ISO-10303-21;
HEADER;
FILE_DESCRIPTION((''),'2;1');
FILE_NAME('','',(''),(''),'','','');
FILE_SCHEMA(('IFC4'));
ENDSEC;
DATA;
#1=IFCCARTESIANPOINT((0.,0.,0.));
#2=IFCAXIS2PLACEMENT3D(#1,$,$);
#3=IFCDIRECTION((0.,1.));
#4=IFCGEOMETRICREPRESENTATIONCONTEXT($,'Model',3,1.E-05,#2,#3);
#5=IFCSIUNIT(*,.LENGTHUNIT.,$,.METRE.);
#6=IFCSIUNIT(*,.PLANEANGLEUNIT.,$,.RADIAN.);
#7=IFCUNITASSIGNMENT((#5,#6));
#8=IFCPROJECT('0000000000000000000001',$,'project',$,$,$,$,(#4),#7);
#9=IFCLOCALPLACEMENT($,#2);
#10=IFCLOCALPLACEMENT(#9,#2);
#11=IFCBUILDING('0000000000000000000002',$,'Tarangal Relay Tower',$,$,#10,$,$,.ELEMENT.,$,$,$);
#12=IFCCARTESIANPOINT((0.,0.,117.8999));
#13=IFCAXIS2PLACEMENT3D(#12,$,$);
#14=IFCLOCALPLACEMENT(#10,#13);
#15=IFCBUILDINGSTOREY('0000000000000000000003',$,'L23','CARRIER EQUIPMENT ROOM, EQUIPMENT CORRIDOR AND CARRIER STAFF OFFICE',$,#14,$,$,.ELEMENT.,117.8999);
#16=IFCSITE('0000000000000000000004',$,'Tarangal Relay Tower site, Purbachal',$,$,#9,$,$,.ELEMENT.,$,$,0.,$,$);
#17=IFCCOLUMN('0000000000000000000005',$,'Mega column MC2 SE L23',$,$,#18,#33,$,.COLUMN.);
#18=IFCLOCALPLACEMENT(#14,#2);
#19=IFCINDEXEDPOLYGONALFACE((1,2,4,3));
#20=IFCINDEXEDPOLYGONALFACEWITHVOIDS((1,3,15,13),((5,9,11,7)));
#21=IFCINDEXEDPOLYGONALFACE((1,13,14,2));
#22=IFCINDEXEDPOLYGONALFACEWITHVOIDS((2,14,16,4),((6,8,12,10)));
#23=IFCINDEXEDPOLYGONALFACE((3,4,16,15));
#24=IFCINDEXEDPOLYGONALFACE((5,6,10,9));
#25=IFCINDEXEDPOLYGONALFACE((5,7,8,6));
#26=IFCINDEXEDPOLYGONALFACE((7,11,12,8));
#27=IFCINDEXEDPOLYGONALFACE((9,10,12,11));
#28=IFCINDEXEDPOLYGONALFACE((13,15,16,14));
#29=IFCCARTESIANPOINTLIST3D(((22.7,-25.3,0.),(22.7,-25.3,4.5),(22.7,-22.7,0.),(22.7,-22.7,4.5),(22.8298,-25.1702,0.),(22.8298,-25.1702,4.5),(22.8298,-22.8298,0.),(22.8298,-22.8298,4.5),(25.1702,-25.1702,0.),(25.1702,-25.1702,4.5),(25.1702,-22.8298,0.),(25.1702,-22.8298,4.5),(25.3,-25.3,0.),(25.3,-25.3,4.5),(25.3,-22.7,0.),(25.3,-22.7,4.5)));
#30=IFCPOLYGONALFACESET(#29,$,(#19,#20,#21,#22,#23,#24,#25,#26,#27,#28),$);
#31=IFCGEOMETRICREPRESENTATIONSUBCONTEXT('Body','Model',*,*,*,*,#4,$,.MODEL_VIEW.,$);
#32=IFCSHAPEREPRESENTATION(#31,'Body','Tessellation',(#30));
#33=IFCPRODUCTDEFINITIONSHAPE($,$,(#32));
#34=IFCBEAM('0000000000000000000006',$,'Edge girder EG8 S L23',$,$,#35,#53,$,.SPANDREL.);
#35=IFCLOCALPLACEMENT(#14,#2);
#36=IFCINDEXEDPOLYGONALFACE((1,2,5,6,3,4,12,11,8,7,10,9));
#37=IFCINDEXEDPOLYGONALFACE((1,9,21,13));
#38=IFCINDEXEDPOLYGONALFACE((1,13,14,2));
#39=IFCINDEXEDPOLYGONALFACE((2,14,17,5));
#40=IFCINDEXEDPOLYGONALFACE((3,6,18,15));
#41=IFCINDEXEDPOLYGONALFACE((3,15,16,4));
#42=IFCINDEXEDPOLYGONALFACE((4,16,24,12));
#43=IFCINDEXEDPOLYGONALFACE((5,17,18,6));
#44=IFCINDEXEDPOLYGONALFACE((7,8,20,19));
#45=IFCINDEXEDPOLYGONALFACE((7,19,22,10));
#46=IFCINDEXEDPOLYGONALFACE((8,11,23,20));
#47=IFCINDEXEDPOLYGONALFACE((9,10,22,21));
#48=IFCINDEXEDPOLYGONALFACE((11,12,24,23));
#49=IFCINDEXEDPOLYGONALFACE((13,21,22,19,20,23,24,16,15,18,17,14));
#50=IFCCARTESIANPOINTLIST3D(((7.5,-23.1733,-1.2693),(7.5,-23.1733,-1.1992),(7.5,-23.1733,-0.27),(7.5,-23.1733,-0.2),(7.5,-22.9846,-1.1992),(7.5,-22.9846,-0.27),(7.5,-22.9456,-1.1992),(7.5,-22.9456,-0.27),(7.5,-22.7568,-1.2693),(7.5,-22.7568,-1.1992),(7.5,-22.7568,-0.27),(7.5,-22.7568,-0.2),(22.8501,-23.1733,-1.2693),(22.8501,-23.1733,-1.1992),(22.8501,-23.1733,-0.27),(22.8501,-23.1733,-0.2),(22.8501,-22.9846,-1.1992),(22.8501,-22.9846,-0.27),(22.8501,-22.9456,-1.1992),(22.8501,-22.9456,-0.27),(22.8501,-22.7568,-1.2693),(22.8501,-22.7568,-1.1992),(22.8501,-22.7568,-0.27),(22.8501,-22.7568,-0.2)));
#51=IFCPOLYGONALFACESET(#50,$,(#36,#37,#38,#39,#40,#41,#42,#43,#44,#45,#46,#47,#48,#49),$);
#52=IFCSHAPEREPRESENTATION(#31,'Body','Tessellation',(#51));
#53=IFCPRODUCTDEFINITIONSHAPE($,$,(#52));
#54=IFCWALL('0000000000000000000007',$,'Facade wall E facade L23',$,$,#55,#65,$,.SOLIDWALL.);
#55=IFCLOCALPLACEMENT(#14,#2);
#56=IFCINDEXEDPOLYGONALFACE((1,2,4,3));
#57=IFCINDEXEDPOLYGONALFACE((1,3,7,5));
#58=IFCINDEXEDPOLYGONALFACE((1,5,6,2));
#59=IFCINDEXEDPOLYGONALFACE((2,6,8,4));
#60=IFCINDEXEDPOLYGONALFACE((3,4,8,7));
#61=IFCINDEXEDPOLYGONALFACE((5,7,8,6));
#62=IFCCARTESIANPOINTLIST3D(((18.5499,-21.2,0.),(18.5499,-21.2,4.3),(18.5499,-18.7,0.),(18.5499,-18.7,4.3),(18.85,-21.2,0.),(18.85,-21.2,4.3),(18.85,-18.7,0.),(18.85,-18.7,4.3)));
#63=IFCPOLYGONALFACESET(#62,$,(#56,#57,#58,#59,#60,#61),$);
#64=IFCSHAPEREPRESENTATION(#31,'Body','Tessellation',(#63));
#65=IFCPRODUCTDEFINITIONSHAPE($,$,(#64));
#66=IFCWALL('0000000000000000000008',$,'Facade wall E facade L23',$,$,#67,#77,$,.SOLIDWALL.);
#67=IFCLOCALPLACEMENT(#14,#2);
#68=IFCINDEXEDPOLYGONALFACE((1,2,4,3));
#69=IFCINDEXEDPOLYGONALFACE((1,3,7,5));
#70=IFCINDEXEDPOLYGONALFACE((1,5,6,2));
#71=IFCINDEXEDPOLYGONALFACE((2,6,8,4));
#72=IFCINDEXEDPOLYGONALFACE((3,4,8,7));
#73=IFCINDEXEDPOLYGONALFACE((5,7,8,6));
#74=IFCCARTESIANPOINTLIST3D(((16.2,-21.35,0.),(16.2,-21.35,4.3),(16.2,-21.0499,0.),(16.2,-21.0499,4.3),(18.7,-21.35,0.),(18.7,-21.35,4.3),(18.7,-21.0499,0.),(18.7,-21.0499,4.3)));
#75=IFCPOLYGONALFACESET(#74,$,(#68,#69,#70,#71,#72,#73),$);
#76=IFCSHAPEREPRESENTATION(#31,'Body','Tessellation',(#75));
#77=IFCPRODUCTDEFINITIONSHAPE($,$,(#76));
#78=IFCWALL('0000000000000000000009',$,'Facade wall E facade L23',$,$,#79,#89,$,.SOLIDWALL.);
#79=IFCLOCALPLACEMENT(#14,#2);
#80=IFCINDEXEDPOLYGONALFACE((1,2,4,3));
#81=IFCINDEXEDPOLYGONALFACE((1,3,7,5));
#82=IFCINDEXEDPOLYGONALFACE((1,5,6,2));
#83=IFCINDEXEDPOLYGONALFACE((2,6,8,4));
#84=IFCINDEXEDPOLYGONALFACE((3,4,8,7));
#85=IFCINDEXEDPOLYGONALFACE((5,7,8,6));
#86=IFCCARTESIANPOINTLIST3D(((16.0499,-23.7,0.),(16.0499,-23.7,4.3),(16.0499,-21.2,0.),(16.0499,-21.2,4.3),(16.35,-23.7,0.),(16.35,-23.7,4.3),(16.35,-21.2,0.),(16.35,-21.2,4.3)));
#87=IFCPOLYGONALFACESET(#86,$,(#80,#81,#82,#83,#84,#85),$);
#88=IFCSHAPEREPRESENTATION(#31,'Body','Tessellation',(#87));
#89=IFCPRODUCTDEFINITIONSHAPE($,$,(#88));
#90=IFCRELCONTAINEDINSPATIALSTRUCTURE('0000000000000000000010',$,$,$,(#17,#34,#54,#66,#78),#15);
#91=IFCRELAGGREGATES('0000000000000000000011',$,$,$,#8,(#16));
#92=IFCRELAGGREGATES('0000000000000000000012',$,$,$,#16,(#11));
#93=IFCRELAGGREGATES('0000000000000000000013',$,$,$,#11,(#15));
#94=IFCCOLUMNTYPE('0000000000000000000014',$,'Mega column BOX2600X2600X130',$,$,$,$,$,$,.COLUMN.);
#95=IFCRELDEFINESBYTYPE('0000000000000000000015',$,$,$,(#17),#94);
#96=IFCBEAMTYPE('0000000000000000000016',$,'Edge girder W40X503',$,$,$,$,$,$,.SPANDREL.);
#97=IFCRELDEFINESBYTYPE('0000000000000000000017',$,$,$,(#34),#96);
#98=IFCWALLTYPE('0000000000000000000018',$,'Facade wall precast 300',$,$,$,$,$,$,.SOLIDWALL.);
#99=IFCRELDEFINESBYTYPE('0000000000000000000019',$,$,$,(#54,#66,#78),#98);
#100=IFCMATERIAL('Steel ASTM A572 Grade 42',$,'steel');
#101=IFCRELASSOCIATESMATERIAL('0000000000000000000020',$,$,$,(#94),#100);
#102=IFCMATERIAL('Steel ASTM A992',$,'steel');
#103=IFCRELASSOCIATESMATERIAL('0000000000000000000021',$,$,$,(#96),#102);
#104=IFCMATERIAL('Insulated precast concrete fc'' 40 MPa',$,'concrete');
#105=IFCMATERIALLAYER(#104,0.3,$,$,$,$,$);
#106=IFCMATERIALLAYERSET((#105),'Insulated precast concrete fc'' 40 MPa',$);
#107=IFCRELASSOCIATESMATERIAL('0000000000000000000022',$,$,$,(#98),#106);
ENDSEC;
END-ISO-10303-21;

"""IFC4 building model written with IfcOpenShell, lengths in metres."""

from ifc_helpers import new_model, si_unit, direction, frame, frame_2d, origin, origin_2d, place, context, subcontext, project, spatial, rectangle, hollow_rectangle, i_section, extrude, material, layer, layer_set, material_profile, profile_set, type_object, element, save


model = new_model("IFC4")

# Units and contexts
model_context = context("Model", 3, precision=1e-05, world=origin(), true_north=direction((0.0, 1.0)))
body_context = subcontext(model_context, "Body", "Model", "MODEL_VIEW")
ifc_project = project(units=[si_unit("LENGTHUNIT", "METRE"), si_unit("PLANEANGLEUNIT", "RADIAN")], contexts=[model_context])

# Site, building, storey
site_placement = place(None, origin())
site = spatial("IfcSite", under=ifc_project, at=site_placement, Name="Tarangal Relay Tower site, Purbachal", CompositionType="ELEMENT", RefElevation=0.0)
building_placement = place(site_placement, origin())
building = spatial("IfcBuilding", under=site, at=building_placement, Name="Tarangal Relay Tower", CompositionType="ELEMENT")
storey_placement = place(building_placement, frame((0.0, 0.0, 117.8999)))
storey = spatial("IfcBuildingStorey", under=building, at=storey_placement, Name="L23", Description="CARRIER EQUIPMENT ROOM, EQUIPMENT CORRIDOR AND CARRIER STAFF OFFICE", CompositionType="ELEMENT", Elevation=117.8999)

# Column
ifc_material_1 = material(Name="Steel ASTM A572 Grade 42", Category="steel")
ifc_material_profile_1 = material_profile(ifc_material_1, hollow_rectangle(XDim=2.6001, YDim=2.6001, WallThickness=0.1299, at=origin_2d()), Name="BOX2600X2600X130")
ifc_profile_set_1 = profile_set([ifc_material_profile_1], Name="Steel ASTM A572 Grade 42")
column_type = type_object("IfcColumnType", Name="Mega column BOX2600X2600X130", PredefinedType="COLUMN", material=ifc_profile_set_1)
column_placement = place(storey_placement, frame((24.0, -24.0, 0.0), z_axis=(0.0, 0.0, 1.0), x_axis=(1.0, 0.0, 0.0)))
element("IfcColumn", 1, at=column_placement, inside=storey, type_object=column_type, Name="Mega column MC2 SE L23", PredefinedType="COLUMN", context=body_context, shape_type="SweptSolid", body=[
    extrude(hollow_rectangle(XDim=2.6001, YDim=2.6001, WallThickness=0.1299, at=origin_2d()), origin(), (0.0, 0.0, 1.0), 4.5),
])

# Beam
ifc_material_2 = material(Name="Steel ASTM A992", Category="steel")
ifc_material_profile_2 = material_profile(ifc_material_2, i_section(OverallWidth=0.4165, OverallDepth=1.0693, WebThickness=0.0391, FlangeThickness=0.0701, at=origin_2d()), Name="W40X503")
ifc_profile_set_2 = profile_set([ifc_material_profile_2], Name="Steel ASTM A992")
beam_type = type_object("IfcBeamType", Name="Edge girder W40X503", PredefinedType="SPANDREL", material=ifc_profile_set_2)
beam_placement = place(storey_placement, frame((22.8501, -22.9651, -0.7346), z_axis=(-1.0, 0.0, 0.0), x_axis=(0.0, -1.0, 0.0)))
element("IfcBeam", 2, at=beam_placement, inside=storey, type_object=beam_type, Name="Edge girder EG8 S L23", PredefinedType="SPANDREL", context=body_context, shape_type="SweptSolid", body=[
    extrude(i_section(OverallWidth=0.4165, OverallDepth=1.0693, WebThickness=0.0391, FlangeThickness=0.0701, at=origin_2d()), origin(), (0.0, 0.0, 1.0), 15.3501),
])

# Walls
ifc_material_3 = material(Name="Insulated precast concrete fc' 40 MPa", Category="concrete")
ifc_layer = layer(ifc_material_3, 0.3)
ifc_layer_set = layer_set([ifc_layer], Name="Insulated precast concrete fc' 40 MPa")
wall_type = type_object("IfcWallType", Name="Facade wall precast 300", PredefinedType="SOLIDWALL", material=ifc_layer_set)
for number, where, z_axis, x_axis, name in (
    (3, (18.7, -18.7, 0.0), (0.0, 0.0, 1.0), (0.0, -1.0, 0.0), "Facade wall E facade L23"),
    (4, (18.7, -21.2, 0.0), (0.0, 0.0, 1.0), (-1.0, 0.0, 0.0), "Facade wall E facade L23"),
    (5, (16.2, -21.2, 0.0), (0.0, 0.0, 1.0), (0.0, -1.0, 0.0), "Facade wall E facade L23"),
):
    element("IfcWall", number, at=place(storey_placement, frame(where, z_axis=z_axis, x_axis=x_axis)), inside=storey, type_object=wall_type, Name=name, PredefinedType="SOLIDWALL", context=body_context, shape_type="SweptSolid", body=[
        extrude(rectangle(XDim=2.5, YDim=0.3, at=frame_2d((1.25, 0.0))), origin(), (0.0, 0.0, 1.0), 4.3),
    ])

save(model, "model.ifc")
